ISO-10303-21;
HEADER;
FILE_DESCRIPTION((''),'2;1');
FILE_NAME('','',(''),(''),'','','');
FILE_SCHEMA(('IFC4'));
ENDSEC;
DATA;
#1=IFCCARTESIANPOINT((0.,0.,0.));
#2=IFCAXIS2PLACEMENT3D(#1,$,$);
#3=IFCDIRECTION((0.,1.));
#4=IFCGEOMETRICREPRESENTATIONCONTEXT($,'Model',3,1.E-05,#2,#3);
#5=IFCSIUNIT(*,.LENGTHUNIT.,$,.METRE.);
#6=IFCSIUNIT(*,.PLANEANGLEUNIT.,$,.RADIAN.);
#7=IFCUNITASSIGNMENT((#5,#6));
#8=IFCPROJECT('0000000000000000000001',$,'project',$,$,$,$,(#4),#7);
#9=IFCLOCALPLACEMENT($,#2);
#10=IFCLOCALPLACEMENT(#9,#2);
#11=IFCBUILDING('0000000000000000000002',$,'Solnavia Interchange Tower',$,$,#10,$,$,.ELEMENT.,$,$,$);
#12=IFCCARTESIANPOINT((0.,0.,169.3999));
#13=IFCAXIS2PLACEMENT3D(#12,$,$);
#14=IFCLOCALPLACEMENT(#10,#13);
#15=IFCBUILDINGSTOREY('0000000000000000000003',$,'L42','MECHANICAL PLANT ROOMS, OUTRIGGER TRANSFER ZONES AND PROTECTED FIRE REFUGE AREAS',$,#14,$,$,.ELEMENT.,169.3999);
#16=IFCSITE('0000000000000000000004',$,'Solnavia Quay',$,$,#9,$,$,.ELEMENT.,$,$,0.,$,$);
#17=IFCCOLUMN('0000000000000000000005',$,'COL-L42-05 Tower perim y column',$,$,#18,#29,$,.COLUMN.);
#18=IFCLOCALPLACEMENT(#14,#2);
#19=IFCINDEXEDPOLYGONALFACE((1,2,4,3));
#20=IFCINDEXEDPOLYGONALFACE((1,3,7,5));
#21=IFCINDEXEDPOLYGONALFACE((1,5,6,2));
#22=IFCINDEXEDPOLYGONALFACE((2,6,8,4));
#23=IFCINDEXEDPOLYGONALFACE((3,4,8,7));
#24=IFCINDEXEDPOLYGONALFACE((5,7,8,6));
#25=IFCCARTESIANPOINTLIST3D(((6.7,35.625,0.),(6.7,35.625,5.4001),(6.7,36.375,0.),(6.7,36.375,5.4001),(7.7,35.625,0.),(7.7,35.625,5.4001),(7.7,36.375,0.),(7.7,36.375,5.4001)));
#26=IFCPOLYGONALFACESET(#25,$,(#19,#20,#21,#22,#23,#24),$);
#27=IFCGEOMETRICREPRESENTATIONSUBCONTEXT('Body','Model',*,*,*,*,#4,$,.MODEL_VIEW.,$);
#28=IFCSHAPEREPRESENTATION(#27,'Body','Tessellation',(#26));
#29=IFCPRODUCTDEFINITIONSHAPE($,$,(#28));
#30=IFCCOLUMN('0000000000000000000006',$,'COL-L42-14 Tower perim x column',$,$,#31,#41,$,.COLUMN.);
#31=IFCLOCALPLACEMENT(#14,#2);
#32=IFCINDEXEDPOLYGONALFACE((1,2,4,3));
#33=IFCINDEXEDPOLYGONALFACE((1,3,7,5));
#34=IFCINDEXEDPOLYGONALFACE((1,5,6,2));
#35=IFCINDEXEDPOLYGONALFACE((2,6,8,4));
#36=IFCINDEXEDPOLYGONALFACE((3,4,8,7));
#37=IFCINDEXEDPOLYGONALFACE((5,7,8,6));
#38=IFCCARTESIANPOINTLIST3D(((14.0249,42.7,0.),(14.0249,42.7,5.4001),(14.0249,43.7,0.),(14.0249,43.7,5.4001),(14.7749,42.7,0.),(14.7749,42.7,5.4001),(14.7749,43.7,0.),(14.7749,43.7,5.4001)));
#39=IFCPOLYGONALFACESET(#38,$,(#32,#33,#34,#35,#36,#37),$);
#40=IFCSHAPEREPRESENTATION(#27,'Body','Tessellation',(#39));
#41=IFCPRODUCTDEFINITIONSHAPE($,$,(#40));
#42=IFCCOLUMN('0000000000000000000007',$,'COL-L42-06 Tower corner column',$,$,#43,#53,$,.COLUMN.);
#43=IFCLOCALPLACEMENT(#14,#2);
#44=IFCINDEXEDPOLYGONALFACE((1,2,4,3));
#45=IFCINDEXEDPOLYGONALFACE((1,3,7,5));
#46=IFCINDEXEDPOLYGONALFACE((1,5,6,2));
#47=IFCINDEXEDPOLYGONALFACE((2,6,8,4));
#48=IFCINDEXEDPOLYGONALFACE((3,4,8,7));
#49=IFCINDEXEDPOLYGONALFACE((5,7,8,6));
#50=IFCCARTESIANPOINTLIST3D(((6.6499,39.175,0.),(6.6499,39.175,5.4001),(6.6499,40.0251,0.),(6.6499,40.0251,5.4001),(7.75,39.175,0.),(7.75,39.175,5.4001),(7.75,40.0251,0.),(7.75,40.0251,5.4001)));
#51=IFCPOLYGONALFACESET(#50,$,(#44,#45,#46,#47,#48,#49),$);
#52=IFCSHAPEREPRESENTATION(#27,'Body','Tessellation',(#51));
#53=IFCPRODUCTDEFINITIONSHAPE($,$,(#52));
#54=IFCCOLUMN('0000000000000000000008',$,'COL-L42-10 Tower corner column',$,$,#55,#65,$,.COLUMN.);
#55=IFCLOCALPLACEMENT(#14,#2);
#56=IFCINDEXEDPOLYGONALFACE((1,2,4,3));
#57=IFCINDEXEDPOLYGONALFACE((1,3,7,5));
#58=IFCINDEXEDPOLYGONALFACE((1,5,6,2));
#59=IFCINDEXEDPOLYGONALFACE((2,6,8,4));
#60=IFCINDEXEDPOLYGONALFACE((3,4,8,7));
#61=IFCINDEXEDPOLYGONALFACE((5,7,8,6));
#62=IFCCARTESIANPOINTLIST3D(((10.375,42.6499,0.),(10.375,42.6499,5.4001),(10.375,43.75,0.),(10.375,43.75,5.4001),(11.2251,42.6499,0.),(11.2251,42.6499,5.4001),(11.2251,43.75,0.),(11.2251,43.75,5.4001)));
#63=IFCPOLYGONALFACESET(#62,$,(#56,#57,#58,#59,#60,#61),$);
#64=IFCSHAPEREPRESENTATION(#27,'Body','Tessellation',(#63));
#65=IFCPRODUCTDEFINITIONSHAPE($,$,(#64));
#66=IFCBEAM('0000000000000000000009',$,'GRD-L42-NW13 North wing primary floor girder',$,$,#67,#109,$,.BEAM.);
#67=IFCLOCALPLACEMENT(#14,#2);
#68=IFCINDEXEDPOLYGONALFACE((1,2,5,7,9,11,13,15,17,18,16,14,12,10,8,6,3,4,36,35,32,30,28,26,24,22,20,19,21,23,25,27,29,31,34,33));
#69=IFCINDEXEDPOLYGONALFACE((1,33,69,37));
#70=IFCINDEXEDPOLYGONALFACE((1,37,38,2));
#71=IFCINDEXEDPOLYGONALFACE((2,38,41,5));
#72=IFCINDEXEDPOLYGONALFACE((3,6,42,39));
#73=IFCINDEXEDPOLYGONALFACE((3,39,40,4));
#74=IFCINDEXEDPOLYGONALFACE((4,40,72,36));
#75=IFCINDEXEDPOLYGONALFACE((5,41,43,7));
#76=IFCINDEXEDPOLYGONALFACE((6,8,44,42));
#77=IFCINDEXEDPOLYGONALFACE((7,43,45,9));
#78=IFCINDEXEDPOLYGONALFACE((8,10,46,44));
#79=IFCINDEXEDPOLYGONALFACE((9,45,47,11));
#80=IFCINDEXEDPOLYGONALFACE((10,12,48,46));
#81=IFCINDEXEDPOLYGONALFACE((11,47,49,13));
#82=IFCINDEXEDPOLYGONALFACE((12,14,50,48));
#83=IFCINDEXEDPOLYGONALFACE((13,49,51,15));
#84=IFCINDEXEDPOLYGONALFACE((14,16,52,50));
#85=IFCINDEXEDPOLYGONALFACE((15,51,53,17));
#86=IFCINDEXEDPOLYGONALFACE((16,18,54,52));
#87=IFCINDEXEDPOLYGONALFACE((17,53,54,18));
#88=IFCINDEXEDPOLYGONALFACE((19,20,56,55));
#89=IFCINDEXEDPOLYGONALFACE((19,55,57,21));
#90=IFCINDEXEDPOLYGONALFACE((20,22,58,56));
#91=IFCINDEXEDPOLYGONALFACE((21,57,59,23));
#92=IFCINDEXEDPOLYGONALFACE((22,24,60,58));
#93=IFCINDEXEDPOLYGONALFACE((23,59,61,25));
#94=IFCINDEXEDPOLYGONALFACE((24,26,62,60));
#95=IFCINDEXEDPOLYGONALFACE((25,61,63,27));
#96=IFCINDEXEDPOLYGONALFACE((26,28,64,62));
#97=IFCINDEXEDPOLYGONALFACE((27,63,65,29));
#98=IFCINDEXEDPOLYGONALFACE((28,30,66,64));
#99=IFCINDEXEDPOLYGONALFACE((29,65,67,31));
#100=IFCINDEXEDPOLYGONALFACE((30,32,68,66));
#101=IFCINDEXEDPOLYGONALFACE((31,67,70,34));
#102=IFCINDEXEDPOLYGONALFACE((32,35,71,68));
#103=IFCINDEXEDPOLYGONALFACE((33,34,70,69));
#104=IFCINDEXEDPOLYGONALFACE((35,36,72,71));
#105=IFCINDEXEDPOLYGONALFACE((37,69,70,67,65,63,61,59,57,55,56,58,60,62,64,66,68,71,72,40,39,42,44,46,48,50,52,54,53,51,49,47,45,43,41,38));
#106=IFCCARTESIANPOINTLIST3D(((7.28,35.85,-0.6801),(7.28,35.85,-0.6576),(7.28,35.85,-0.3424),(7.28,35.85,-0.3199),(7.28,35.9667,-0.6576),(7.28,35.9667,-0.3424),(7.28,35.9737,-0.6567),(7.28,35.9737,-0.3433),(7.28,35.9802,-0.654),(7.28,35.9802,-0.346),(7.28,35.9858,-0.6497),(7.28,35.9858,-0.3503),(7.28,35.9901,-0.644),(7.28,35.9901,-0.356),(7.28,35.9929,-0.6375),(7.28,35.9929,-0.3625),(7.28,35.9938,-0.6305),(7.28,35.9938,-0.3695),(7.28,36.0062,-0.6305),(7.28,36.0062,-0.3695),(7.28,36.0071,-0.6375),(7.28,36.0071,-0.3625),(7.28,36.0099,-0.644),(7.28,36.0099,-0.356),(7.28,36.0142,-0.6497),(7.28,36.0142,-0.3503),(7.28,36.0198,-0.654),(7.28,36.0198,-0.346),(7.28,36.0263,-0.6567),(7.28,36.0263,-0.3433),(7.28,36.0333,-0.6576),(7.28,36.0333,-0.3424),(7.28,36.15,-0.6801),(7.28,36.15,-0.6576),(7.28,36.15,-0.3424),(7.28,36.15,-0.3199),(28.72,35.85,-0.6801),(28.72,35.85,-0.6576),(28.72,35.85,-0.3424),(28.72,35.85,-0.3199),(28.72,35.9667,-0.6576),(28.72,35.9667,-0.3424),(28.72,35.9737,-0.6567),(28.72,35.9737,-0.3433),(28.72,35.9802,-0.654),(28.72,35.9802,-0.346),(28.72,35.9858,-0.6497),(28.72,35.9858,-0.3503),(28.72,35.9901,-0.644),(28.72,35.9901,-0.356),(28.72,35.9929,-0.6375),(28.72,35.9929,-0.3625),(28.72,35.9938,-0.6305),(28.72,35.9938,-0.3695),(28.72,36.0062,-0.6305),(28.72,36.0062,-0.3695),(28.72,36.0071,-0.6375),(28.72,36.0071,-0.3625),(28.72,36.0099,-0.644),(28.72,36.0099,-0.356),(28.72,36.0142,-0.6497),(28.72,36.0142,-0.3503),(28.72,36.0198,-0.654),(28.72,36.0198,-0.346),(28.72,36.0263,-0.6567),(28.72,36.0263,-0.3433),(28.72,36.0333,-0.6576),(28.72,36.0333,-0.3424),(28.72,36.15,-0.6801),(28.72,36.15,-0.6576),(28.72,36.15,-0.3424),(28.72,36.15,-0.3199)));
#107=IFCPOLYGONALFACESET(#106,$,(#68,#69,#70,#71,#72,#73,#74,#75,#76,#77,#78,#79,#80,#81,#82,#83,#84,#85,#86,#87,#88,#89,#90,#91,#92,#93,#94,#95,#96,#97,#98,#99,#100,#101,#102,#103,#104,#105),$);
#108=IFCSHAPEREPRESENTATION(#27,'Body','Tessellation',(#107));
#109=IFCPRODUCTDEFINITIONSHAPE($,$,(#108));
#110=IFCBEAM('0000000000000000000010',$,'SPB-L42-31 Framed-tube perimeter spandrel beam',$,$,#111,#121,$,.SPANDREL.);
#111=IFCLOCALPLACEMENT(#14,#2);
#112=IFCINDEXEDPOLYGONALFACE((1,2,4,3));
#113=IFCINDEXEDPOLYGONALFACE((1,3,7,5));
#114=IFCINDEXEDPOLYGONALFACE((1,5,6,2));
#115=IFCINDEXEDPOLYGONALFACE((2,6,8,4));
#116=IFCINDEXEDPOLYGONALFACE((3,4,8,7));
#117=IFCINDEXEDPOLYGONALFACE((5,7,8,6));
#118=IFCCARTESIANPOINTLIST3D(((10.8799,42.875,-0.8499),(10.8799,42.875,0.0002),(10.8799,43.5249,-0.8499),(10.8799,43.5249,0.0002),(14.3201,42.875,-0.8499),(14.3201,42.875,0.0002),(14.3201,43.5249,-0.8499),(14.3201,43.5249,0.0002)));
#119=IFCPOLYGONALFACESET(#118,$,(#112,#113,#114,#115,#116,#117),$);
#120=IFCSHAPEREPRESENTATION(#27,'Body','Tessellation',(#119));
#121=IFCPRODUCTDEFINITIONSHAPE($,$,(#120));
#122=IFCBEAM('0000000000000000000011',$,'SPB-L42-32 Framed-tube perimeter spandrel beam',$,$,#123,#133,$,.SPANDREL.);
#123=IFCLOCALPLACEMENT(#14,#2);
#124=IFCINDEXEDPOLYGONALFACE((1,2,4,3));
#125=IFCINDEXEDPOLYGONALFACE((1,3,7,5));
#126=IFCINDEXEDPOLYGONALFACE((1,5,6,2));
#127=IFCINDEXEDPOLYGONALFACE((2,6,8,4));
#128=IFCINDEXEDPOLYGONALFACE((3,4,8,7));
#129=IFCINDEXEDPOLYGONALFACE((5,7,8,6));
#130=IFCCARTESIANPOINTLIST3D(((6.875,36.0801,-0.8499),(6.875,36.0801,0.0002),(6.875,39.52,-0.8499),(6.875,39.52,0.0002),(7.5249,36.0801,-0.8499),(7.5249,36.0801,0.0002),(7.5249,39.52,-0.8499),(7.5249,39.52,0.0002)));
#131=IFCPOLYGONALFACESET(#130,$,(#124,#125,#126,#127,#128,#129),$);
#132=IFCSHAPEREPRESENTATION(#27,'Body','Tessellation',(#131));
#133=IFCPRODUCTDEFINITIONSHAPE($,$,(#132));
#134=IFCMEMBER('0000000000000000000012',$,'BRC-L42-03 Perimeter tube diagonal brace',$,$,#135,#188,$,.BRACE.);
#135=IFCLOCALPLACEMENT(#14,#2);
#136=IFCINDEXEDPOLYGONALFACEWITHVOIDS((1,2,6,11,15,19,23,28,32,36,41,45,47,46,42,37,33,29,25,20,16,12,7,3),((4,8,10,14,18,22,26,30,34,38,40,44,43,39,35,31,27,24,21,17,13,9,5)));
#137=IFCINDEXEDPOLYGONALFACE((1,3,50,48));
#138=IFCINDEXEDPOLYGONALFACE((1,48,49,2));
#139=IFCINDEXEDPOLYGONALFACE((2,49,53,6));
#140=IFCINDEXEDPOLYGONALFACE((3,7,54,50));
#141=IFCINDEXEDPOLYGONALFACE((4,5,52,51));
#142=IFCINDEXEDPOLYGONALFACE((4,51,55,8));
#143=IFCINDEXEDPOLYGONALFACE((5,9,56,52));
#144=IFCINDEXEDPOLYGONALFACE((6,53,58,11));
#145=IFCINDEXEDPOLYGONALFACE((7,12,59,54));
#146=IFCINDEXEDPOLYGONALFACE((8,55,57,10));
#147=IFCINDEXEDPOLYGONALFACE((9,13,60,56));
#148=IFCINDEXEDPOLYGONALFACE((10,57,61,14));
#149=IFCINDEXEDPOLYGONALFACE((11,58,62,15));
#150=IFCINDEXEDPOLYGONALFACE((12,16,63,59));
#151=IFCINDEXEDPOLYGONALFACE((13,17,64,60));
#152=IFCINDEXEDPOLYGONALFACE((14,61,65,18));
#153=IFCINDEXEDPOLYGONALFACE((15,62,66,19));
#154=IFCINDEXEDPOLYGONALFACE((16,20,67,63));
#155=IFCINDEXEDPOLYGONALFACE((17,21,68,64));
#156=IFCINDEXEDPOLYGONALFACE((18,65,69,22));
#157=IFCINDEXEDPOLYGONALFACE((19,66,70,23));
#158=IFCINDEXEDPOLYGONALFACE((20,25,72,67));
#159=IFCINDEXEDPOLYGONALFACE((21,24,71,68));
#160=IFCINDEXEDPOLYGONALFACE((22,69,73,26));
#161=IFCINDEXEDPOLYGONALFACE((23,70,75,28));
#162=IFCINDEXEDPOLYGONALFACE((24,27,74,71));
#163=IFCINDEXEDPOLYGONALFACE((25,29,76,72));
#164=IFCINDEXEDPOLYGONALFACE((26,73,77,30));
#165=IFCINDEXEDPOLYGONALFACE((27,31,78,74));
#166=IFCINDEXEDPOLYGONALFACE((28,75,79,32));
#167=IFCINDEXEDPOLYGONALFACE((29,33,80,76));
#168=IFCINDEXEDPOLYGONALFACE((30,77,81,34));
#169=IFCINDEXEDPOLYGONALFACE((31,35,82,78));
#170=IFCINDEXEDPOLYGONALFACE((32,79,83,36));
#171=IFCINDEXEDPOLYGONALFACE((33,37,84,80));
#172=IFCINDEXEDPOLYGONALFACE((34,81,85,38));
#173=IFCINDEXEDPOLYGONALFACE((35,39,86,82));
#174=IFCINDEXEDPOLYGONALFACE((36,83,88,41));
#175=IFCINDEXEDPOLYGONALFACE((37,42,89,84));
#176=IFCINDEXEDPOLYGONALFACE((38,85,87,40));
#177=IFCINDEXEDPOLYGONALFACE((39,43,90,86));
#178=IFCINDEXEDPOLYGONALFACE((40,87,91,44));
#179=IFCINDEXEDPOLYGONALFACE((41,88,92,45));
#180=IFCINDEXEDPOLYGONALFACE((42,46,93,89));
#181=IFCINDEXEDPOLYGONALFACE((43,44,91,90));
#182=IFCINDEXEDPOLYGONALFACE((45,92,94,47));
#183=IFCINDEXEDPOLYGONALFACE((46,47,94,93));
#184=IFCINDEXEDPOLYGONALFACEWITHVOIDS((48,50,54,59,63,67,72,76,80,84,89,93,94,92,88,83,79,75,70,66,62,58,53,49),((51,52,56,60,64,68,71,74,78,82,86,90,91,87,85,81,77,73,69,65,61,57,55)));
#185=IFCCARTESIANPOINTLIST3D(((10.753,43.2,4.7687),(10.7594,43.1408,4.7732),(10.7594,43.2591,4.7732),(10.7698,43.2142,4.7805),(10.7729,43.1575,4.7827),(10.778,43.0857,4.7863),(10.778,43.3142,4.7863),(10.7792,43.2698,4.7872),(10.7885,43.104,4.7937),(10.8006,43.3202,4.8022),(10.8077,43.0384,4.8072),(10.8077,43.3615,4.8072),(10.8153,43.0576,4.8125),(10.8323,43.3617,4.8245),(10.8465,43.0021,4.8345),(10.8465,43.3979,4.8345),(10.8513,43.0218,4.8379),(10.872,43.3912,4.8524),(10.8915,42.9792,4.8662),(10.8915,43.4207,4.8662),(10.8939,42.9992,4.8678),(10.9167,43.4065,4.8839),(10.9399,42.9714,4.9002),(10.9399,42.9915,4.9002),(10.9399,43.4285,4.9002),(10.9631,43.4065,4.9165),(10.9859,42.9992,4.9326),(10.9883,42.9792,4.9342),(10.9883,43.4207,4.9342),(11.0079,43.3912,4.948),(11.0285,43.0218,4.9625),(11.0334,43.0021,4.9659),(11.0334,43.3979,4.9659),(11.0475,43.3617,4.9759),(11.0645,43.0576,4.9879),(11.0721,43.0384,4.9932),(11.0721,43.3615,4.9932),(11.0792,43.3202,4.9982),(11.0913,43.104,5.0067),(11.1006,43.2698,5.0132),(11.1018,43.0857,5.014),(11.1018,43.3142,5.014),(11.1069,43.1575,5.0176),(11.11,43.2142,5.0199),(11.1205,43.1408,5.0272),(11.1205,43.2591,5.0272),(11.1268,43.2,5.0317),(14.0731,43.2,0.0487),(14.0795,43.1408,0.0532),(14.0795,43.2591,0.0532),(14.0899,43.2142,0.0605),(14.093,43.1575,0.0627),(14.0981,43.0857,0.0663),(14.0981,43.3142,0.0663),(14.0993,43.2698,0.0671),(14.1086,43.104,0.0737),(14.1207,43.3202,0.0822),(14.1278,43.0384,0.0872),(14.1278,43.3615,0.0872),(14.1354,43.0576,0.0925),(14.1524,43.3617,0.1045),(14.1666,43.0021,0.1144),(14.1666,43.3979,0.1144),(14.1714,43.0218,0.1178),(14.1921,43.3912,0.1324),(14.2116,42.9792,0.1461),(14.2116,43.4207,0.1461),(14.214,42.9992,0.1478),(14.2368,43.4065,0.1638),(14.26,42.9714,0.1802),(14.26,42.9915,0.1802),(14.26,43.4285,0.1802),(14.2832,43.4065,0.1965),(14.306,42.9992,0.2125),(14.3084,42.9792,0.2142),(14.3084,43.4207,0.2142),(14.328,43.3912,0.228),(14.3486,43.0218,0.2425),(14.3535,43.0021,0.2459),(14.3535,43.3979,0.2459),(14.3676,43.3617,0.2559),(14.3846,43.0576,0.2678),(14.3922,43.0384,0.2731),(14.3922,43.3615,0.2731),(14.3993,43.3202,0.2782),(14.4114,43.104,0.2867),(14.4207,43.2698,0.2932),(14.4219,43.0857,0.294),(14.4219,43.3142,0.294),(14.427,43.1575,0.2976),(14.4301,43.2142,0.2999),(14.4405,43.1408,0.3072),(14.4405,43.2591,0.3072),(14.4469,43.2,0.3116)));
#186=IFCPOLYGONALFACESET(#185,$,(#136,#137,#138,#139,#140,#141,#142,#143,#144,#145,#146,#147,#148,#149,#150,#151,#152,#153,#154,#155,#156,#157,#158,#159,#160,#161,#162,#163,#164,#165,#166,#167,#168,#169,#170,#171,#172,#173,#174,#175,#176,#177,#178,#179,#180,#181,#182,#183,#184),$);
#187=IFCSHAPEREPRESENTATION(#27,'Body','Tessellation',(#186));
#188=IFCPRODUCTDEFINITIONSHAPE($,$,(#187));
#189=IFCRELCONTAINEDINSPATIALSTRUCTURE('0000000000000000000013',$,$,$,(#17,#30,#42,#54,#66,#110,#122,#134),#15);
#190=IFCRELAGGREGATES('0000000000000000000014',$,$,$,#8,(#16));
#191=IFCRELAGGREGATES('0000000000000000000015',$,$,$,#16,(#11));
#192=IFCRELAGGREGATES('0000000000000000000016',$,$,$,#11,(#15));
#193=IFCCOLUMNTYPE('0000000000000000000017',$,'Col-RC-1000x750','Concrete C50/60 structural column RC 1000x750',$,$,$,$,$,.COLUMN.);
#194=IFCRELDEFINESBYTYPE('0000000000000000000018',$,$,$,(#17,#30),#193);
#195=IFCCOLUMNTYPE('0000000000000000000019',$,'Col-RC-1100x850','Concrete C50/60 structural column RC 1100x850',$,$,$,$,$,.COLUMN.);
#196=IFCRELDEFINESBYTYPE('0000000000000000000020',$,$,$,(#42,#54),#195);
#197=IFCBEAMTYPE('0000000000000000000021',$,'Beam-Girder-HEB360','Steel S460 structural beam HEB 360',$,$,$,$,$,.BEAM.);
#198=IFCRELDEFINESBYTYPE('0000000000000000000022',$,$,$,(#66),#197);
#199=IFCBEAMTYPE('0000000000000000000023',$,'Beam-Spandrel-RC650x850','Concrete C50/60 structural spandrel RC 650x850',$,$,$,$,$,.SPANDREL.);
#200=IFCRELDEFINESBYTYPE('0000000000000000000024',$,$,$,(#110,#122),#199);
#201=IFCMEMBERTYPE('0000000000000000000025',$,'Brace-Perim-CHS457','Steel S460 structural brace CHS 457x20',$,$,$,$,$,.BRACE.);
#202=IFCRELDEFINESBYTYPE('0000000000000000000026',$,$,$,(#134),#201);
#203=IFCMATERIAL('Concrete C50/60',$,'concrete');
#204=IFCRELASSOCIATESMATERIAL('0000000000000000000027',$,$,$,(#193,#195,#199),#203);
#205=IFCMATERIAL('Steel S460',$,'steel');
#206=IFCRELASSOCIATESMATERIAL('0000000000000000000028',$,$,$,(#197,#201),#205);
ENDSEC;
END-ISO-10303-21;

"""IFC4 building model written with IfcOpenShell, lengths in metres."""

from ifc_helpers import new_model, si_unit, direction, frame, origin, origin_2d, place, context, subcontext, project, spatial, rectangle, hollow_circle, i_section, extrude, material, material_profile, profile_set, type_object, element, save


model = new_model("IFC4")

# Units and contexts
model_context = context("Model", 3, precision=1e-05, world=origin(), true_north=direction((0.0, 1.0)))
body_context = subcontext(model_context, "Body", "Model", "MODEL_VIEW")
ifc_project = project(units=[si_unit("LENGTHUNIT", "METRE"), si_unit("PLANEANGLEUNIT", "RADIAN")], contexts=[model_context])

# Site, building, storey
site_placement = place(None, origin())
site = spatial("IfcSite", under=ifc_project, at=site_placement, Name="Solnavia Quay", CompositionType="ELEMENT", RefElevation=0.0)
building_placement = place(site_placement, origin())
building = spatial("IfcBuilding", under=site, at=building_placement, Name="Solnavia Interchange Tower", CompositionType="ELEMENT")
storey_placement = place(building_placement, frame((0.0, 0.0, 169.3999)))
storey = spatial("IfcBuildingStorey", under=building, at=storey_placement, Name="L42", Description="MECHANICAL PLANT ROOMS, OUTRIGGER TRANSFER ZONES AND PROTECTED FIRE REFUGE AREAS", CompositionType="ELEMENT", Elevation=169.3999)

# Columns
ifc_material_1 = material(Name="Concrete C50/60", Category="concrete")
ifc_material_profile_1 = material_profile(ifc_material_1, rectangle(XDim=0.75, YDim=1.0, at=origin_2d()), Name="RC 1000x750")
ifc_profile_set_1 = profile_set([ifc_material_profile_1], Name="Concrete C50/60")
column_type_1 = type_object("IfcColumnType", Name="Col-RC-1000x750", Description="Concrete C50/60 structural column RC 1000x750", PredefinedType="COLUMN", material=ifc_profile_set_1)
for number, where, z_axis, x_axis, name in (
    (1, (7.2, 36.0, 0.0), (0.0, 0.0, 1.0), (0.0, 1.0, 0.0), "COL-L42-05 Tower perim y column"),
    (2, (14.3999, 43.2, 0.0), (0.0, 0.0, 1.0), (1.0, 0.0, 0.0), "COL-L42-14 Tower perim x column"),
):
    element("IfcColumn", number, at=place(storey_placement, frame(where, z_axis=z_axis, x_axis=x_axis)), inside=storey, type_object=column_type_1, Name=name, PredefinedType="COLUMN", context=body_context, shape_type="SweptSolid", body=[
        extrude(rectangle(XDim=0.75, YDim=1.0, at=origin_2d()), origin(), (0.0, 0.0, 1.0), 5.4001),
    ])
ifc_material_profile_2 = material_profile(ifc_material_1, rectangle(XDim=0.8501, YDim=1.1001, at=origin_2d()), Name="RC 1100x850")
ifc_profile_set_2 = profile_set([ifc_material_profile_2], Name="Concrete C50/60")
column_type_2 = type_object("IfcColumnType", Name="Col-RC-1100x850", Description="Concrete C50/60 structural column RC 1100x850", PredefinedType="COLUMN", material=ifc_profile_set_2)
for number, where, z_axis, x_axis, name in (
    (3, (7.2, 39.6001, 0.0), (0.0, 0.0, 1.0), (0.0, 1.0, 0.0), "COL-L42-06 Tower corner column"),
    (4, (10.8, 43.2, 0.0), (0.0, 0.0, 1.0), (1.0, 0.0, 0.0), "COL-L42-10 Tower corner column"),
):
    element("IfcColumn", number, at=place(storey_placement, frame(where, z_axis=z_axis, x_axis=x_axis)), inside=storey, type_object=column_type_2, Name=name, PredefinedType="COLUMN", context=body_context, shape_type="SweptSolid", body=[
        extrude(rectangle(XDim=0.8501, YDim=1.1001, at=origin_2d()), origin(), (0.0, 0.0, 1.0), 5.4001),
    ])

# Beams
ifc_material_2 = material(Name="Steel S460", Category="steel")
ifc_material_profile_3 = material_profile(ifc_material_2, i_section(OverallWidth=0.3, OverallDepth=0.3601, WebThickness=0.0125, FlangeThickness=0.0225, FilletRadius=0.0271, at=origin_2d()), Name="HEB 360")
ifc_profile_set_3 = profile_set([ifc_material_profile_3], Name="Steel S460")
beam_type_1 = type_object("IfcBeamType", Name="Beam-Girder-HEB360", Description="Steel S460 structural beam HEB 360", PredefinedType="BEAM", material=ifc_profile_set_3)
beam_1_placement = place(storey_placement, frame((7.28, 36.0, -0.5), z_axis=(1.0, 0.0, 0.0), x_axis=(0.0, 1.0, 0.0)))
element("IfcBeam", 5, at=beam_1_placement, inside=storey, type_object=beam_type_1, Name="GRD-L42-NW13 North wing primary floor girder", PredefinedType="BEAM", context=body_context, shape_type="SweptSolid", body=[
    extrude(i_section(OverallWidth=0.3, OverallDepth=0.3601, WebThickness=0.0125, FlangeThickness=0.0225, FilletRadius=0.0271, at=origin_2d()), origin(), (0.0, 0.0, 1.0), 21.4399),
])
ifc_material_profile_4 = material_profile(ifc_material_1, rectangle(XDim=0.6499, YDim=0.8501, at=origin_2d()), Name="RC 650x850")
ifc_profile_set_4 = profile_set([ifc_material_profile_4], Name="Concrete C50/60")
beam_type_2 = type_object("IfcBeamType", Name="Beam-Spandrel-RC650x850", Description="Concrete C50/60 structural spandrel RC 650x850", PredefinedType="SPANDREL", material=ifc_profile_set_4)
beam_2_placement = place(storey_placement, frame((14.3201, 43.2, -0.4248), z_axis=(-1.0, 0.0, 0.0), x_axis=(0.0, -1.0, 0.0)))
element("IfcBeam", 6, at=beam_2_placement, inside=storey, type_object=beam_type_2, Name="SPB-L42-31 Framed-tube perimeter spandrel beam", PredefinedType="SPANDREL", context=body_context, shape_type="SweptSolid", body=[
    extrude(rectangle(XDim=0.6499, YDim=0.8501, at=origin_2d()), origin(), (0.0, 0.0, 1.0), 3.4402),
])
beam_3_placement = place(storey_placement, frame((7.2, 39.52, -0.4248), z_axis=(0.0, -1.0, 0.0), x_axis=(1.0, 0.0, 0.0)))
element("IfcBeam", 7, at=beam_3_placement, inside=storey, type_object=beam_type_2, Name="SPB-L42-32 Framed-tube perimeter spandrel beam", PredefinedType="SPANDREL", context=body_context, shape_type="SweptSolid", body=[
    extrude(rectangle(XDim=0.6499, YDim=0.8501, at=origin_2d()), origin(), (0.0, 0.0, 1.0), 3.4399),
])

# Member
ifc_material_profile_5 = material_profile(ifc_material_2, hollow_circle(Radius=0.2285, WallThickness=0.02, at=origin_2d()), Name="CHS 457x20")
ifc_profile_set_5 = profile_set([ifc_material_profile_5], Name="Steel S460")
member_type_1 = type_object("IfcMemberType", Name="Brace-Perim-CHS457", Description="Steel S460 structural brace CHS 457x20", PredefinedType="BRACE", material=ifc_profile_set_5)
member_1_placement = place(storey_placement, frame((14.26, 43.2, 0.1802), z_axis=(-0.575332, 0.0, 0.81792), x_axis=(0.0, -1.0, 0.0)))
element("IfcMember", 8, at=member_1_placement, inside=storey, type_object=member_type_1, Name="BRC-L42-03 Perimeter tube diagonal brace", PredefinedType="BRACE", context=body_context, shape_type="SweptSolid", body=[
    extrude(hollow_circle(Radius=0.2285, WallThickness=0.02, at=origin_2d()), origin(), (0.0, 0.0, 1.0), 5.7708),
])

save(model, "model.ifc")
